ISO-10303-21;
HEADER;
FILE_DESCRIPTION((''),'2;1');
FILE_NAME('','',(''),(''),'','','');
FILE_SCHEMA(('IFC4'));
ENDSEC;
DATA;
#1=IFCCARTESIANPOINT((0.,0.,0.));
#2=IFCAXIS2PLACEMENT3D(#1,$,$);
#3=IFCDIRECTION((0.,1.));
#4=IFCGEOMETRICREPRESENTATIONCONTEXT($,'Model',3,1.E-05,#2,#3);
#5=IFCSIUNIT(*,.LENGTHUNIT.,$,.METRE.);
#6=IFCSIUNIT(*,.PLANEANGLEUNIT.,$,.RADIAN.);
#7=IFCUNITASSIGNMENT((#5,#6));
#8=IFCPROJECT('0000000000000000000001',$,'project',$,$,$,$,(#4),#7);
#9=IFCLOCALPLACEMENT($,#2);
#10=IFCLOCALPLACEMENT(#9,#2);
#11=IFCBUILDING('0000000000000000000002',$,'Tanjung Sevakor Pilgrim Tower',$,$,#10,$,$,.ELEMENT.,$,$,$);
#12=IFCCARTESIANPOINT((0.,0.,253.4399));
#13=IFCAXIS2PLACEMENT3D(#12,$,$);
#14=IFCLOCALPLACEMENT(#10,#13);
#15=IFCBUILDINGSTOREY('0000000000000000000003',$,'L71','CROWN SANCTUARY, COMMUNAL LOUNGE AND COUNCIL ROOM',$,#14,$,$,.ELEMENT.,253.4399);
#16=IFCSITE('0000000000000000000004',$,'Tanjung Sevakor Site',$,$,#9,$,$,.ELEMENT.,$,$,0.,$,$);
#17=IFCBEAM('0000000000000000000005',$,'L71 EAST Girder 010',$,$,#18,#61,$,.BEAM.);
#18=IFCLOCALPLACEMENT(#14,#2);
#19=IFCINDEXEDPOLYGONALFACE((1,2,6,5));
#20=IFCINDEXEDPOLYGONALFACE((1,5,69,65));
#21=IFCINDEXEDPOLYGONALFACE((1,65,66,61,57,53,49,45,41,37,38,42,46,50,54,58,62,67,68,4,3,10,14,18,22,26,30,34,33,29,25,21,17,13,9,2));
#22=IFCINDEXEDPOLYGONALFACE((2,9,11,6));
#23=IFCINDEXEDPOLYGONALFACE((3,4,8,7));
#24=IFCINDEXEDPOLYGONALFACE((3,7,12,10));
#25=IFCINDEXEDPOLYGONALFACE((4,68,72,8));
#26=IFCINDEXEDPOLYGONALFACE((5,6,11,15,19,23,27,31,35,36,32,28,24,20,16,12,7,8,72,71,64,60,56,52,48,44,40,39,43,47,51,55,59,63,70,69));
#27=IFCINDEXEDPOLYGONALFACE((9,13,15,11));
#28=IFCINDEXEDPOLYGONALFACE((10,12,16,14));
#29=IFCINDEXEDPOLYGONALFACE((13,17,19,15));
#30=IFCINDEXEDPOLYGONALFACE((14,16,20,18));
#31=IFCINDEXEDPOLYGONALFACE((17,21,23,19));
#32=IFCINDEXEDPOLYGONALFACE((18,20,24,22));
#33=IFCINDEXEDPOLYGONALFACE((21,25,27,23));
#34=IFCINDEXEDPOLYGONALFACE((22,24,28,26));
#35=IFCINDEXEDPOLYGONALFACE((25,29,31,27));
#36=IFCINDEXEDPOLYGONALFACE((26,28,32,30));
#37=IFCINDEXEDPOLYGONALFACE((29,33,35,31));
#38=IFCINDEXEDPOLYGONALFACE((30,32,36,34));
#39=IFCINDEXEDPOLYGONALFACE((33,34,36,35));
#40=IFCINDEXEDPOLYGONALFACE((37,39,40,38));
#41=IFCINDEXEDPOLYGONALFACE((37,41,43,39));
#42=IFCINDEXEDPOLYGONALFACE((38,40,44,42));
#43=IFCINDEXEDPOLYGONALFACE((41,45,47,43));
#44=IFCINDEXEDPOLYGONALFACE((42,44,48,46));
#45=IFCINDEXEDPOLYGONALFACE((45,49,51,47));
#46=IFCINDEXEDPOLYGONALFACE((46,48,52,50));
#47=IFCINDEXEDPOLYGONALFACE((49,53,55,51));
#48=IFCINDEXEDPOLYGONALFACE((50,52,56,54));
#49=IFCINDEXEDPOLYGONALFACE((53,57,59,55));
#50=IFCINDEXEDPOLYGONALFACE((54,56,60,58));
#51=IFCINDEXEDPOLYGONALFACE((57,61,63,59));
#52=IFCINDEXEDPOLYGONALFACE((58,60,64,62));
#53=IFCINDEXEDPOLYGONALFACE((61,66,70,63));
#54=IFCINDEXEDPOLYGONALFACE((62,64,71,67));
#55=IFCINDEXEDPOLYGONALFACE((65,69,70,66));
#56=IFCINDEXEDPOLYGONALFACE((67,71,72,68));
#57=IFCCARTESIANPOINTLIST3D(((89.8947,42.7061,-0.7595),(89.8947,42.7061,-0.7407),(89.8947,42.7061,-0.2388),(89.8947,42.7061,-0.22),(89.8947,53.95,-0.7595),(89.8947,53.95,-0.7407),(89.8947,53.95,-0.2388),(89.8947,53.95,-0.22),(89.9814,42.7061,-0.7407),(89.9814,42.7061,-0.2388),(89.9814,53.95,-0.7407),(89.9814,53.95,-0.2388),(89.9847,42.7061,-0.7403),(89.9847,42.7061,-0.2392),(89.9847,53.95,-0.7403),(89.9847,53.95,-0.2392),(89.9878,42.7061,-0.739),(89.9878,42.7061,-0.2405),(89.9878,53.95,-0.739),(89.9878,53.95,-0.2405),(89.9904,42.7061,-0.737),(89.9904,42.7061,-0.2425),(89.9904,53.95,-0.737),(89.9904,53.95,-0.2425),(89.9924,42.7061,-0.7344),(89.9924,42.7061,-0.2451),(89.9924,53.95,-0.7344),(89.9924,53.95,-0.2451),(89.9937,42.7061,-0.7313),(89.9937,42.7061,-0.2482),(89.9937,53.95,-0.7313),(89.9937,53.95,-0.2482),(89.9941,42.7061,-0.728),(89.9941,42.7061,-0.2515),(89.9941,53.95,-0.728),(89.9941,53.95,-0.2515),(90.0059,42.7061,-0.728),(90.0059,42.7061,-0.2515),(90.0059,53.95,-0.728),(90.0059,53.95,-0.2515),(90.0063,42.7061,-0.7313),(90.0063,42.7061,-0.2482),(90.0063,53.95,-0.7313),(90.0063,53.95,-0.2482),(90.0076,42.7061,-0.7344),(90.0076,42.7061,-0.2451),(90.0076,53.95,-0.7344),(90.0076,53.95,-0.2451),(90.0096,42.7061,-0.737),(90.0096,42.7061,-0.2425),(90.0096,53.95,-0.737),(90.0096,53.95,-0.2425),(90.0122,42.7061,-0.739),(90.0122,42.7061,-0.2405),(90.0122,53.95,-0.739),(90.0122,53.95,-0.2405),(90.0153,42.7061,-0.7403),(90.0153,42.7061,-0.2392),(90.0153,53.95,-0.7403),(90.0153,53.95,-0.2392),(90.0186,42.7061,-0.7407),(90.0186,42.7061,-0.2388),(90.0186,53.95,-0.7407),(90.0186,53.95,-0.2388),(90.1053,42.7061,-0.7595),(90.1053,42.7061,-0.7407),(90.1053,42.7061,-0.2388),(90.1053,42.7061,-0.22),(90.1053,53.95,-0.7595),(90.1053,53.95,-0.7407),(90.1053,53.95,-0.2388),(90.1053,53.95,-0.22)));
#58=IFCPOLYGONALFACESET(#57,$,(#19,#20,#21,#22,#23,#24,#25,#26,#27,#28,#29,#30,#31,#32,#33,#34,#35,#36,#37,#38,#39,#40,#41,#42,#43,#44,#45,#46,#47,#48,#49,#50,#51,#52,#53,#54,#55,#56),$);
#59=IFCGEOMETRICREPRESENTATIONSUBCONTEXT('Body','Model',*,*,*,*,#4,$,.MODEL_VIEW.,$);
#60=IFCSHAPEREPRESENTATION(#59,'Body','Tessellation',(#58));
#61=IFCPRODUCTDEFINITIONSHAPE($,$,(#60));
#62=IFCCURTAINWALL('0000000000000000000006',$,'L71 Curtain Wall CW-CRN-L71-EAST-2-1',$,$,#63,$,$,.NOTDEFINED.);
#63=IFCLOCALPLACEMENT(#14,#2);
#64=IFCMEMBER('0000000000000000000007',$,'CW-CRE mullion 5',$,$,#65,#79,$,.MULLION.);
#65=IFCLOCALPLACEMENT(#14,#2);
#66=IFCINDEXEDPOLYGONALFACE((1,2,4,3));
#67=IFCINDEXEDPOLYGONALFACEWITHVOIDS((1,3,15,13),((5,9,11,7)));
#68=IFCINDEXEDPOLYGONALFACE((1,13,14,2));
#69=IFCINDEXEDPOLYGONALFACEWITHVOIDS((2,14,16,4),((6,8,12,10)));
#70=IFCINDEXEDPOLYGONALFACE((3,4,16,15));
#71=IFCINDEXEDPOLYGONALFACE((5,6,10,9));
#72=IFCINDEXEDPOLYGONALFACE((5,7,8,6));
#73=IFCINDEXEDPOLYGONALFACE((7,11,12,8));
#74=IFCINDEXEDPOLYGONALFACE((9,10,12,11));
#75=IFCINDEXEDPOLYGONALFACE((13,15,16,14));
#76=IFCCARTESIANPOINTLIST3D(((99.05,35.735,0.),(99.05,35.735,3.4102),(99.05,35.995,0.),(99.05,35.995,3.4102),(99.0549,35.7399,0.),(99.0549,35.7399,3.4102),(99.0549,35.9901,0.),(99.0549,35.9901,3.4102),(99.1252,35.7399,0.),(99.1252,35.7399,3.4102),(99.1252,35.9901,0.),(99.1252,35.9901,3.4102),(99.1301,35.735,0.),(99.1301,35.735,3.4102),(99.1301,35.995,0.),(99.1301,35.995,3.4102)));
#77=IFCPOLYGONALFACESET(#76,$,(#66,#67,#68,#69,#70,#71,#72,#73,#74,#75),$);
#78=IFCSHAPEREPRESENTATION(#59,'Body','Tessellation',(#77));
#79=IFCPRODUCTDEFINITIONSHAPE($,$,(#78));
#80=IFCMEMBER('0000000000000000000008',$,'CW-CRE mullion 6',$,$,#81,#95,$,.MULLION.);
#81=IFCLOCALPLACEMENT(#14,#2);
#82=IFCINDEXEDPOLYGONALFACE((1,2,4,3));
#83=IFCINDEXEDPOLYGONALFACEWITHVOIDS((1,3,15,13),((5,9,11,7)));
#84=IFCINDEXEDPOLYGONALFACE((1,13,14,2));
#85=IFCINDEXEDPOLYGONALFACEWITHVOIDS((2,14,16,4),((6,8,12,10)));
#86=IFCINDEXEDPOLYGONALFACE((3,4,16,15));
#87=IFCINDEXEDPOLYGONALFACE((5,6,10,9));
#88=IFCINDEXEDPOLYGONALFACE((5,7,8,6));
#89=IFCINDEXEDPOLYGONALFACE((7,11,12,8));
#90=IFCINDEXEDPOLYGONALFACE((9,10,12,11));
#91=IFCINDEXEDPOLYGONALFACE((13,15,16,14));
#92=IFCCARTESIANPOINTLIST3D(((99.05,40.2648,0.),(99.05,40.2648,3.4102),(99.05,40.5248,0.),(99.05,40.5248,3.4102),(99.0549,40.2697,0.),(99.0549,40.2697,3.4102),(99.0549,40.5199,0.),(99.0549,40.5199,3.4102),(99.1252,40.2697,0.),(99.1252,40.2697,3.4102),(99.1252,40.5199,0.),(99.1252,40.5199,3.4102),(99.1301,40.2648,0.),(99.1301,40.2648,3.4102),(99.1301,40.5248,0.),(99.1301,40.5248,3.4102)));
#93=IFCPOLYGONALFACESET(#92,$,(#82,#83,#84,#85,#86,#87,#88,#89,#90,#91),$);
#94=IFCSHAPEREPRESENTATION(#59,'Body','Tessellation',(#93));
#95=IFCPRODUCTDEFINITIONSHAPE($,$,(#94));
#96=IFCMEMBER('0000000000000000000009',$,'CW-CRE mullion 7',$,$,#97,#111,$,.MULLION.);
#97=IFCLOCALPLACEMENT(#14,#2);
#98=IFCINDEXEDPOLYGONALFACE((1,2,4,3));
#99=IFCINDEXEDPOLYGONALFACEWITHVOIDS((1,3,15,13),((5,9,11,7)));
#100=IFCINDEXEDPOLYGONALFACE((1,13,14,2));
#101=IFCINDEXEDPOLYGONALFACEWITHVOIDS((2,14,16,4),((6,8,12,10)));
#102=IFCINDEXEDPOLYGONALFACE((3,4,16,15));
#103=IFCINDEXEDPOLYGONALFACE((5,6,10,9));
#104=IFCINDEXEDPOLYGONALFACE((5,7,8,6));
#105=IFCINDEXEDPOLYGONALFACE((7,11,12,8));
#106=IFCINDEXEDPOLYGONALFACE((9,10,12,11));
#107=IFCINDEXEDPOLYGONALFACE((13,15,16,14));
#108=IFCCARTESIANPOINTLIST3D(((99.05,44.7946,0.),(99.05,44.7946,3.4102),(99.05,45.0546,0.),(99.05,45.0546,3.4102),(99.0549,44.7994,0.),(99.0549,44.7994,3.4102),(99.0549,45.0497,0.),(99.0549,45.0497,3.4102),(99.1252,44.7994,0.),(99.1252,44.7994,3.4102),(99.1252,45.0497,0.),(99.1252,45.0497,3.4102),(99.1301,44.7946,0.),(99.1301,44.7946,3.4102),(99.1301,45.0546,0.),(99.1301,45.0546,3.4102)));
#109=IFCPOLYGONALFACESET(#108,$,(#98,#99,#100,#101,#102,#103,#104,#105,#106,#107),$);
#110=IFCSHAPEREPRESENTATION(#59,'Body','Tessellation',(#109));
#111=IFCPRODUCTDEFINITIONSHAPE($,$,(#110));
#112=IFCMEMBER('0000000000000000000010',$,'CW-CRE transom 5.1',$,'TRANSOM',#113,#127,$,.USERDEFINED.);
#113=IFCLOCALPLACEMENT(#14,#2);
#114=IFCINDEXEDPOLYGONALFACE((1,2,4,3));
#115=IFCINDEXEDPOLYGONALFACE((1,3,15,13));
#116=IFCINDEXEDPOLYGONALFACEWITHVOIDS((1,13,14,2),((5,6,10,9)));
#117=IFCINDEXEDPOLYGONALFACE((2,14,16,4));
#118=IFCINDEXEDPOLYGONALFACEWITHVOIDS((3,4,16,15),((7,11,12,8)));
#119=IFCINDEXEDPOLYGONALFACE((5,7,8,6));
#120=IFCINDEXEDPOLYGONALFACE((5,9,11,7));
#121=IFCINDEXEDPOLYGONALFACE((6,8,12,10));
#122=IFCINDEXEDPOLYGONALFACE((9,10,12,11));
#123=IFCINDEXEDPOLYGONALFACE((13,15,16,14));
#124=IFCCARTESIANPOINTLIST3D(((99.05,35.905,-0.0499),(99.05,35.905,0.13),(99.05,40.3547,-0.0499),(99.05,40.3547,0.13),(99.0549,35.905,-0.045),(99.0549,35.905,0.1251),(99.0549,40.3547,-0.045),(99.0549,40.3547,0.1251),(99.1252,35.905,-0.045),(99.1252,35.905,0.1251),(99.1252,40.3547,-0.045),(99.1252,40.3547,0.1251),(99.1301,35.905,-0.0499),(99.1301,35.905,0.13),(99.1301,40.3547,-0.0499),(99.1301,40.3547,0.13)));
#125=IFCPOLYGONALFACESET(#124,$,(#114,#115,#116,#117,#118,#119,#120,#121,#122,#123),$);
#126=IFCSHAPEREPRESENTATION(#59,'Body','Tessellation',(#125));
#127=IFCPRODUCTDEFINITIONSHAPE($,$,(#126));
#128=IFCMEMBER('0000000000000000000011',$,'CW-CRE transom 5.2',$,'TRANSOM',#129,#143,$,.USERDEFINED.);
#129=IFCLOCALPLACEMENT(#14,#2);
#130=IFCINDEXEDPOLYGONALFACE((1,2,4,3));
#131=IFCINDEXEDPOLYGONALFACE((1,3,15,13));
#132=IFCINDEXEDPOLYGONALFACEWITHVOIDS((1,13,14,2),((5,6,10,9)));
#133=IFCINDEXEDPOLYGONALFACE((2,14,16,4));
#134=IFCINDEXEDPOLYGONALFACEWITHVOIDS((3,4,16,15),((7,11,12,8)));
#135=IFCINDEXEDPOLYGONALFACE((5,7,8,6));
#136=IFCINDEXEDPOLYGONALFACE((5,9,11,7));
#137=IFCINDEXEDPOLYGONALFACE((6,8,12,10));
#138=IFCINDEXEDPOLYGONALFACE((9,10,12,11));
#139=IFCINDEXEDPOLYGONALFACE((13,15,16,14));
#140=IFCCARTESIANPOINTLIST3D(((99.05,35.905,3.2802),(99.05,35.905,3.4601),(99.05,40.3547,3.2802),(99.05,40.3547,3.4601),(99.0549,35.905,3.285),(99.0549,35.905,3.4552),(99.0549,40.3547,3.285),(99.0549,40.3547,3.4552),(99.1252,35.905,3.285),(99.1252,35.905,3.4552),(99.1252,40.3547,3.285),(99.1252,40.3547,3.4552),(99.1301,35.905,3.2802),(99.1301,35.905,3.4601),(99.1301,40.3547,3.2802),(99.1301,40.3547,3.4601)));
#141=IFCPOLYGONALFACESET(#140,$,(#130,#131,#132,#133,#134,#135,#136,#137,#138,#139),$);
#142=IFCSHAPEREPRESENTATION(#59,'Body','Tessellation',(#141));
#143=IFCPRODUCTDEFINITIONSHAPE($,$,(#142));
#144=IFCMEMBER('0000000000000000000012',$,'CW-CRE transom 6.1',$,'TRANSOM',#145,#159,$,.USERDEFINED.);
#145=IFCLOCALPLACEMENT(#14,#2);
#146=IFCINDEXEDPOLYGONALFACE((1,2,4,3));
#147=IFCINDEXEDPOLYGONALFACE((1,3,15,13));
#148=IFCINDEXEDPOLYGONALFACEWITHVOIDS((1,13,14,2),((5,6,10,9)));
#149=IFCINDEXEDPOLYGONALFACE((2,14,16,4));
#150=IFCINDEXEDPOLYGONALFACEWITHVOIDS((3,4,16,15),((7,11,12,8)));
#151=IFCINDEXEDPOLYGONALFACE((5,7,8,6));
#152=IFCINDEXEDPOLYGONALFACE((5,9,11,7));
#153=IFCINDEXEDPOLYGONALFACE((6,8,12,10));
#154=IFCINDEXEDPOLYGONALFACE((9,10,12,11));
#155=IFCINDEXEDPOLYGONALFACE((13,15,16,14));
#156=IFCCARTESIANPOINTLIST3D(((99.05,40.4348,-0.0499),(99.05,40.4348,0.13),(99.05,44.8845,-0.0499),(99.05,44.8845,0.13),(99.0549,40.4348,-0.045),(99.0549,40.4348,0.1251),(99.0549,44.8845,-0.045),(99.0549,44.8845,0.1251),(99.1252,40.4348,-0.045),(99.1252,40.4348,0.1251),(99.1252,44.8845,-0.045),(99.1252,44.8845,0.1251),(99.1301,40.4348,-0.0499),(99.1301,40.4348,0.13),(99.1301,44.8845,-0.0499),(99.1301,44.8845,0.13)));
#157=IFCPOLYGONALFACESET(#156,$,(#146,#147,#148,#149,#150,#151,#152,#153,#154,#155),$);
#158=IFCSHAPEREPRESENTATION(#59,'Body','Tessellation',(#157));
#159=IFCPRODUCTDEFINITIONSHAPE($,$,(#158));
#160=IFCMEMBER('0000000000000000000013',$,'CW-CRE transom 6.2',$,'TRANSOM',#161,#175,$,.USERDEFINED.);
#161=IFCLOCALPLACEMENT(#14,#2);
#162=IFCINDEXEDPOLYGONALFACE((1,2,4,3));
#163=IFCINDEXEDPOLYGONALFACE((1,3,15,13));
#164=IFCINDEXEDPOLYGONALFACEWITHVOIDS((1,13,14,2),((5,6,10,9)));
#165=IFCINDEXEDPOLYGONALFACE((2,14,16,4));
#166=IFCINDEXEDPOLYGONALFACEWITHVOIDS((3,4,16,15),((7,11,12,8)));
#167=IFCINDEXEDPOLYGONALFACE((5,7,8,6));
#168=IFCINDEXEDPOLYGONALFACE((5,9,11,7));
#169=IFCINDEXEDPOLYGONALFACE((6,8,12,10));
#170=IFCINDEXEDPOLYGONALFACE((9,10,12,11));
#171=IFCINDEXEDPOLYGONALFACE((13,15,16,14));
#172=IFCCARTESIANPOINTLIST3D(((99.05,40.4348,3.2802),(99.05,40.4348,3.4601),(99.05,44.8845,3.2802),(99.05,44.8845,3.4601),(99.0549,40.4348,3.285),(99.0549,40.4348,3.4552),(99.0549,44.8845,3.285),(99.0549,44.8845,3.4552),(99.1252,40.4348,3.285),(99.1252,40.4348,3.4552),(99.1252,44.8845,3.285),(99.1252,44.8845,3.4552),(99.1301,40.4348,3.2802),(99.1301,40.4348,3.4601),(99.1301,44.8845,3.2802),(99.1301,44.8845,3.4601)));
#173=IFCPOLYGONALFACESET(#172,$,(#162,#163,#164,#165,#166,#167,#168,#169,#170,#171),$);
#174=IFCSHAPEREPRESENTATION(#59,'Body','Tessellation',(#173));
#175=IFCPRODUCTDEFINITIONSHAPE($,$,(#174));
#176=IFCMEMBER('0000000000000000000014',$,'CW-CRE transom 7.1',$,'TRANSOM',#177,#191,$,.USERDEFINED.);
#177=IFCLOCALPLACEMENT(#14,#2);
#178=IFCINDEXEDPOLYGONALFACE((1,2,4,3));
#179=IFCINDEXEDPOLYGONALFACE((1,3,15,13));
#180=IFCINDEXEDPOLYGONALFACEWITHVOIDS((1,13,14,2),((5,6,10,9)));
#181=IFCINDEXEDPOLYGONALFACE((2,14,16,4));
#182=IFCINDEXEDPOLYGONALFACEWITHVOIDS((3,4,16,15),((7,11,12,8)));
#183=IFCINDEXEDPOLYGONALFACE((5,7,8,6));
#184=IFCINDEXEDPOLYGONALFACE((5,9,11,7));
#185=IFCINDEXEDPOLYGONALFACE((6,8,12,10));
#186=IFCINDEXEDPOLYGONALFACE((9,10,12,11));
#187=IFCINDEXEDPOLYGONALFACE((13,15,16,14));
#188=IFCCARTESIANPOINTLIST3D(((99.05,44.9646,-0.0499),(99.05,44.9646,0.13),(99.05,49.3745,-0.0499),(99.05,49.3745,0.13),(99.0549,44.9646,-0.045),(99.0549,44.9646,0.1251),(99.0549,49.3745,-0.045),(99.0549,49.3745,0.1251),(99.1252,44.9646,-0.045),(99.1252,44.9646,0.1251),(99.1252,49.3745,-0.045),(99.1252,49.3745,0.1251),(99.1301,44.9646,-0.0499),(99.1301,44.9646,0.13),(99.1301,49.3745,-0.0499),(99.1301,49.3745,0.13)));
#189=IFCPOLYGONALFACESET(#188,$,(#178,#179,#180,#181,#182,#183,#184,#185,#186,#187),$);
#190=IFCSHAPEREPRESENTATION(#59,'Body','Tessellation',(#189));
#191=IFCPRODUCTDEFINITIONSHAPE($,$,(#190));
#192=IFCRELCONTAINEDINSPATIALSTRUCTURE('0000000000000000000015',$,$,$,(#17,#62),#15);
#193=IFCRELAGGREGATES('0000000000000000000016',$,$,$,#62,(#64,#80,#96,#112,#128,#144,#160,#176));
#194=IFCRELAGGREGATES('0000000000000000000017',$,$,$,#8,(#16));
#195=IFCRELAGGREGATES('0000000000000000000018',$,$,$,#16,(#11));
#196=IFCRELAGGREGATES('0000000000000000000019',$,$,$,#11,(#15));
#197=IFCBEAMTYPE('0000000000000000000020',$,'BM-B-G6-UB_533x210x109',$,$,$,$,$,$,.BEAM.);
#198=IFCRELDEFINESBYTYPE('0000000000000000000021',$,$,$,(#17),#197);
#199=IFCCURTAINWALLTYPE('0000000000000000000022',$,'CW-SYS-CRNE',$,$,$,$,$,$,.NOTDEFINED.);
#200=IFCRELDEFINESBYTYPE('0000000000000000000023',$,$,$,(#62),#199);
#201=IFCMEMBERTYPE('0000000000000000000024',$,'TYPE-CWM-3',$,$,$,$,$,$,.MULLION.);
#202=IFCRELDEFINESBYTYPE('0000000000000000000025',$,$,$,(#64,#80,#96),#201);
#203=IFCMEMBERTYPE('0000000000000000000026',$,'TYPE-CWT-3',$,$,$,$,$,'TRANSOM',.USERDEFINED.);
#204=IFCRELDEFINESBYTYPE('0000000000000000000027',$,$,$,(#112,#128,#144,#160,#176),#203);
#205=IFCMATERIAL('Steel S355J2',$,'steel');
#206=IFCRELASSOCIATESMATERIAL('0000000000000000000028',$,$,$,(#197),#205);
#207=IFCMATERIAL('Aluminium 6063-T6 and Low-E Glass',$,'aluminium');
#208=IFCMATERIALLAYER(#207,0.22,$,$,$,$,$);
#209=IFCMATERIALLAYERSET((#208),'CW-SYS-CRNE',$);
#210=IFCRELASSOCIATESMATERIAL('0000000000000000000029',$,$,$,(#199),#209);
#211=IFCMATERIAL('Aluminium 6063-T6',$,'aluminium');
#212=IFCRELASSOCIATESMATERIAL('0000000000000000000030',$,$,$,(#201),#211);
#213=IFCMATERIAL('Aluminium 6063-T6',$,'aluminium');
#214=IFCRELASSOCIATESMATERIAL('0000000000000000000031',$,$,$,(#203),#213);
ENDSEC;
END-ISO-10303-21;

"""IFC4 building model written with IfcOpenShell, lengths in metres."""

from ifc_helpers import new_model, si_unit, direction, frame, origin, origin_2d, place, context, subcontext, project, spatial, hollow_rectangle, i_section, extrude, material, layer, layer_set, material_profile, profile_set, type_object, element, aggregate, save


model = new_model("IFC4")

# Units and contexts
model_context = context("Model", 3, precision=1e-05, world=origin(), true_north=direction((0.0, 1.0)))
body_context = subcontext(model_context, "Body", "Model", "MODEL_VIEW")
ifc_project = project(units=[si_unit("LENGTHUNIT", "METRE"), si_unit("PLANEANGLEUNIT", "RADIAN")], contexts=[model_context])

# Site, building, storey
site_placement = place(None, origin())
site = spatial("IfcSite", under=ifc_project, at=site_placement, Name="Tanjung Sevakor Site", CompositionType="ELEMENT", RefElevation=0.0)
building_placement = place(site_placement, origin())
building = spatial("IfcBuilding", under=site, at=building_placement, Name="Tanjung Sevakor Pilgrim Tower", CompositionType="ELEMENT")
storey_placement = place(building_placement, frame((0.0, 0.0, 253.4399)))
storey = spatial("IfcBuildingStorey", under=building, at=storey_placement, Name="L71", Description="CROWN SANCTUARY, COMMUNAL LOUNGE AND COUNCIL ROOM", CompositionType="ELEMENT", Elevation=253.4399)

# Beam
ifc_material_1 = material(Name="Steel S355J2", Category="steel")
ifc_material_profile_1 = material_profile(ifc_material_1, i_section(OverallWidth=0.2107, OverallDepth=0.5396, WebThickness=0.0117, FlangeThickness=0.0188, FilletRadius=0.0127, at=origin_2d()))
ifc_profile_set_1 = profile_set([ifc_material_profile_1], Name="Steel S355J2")
beam_type = type_object("IfcBeamType", Name="BM-B-G6-UB_533x210x109", PredefinedType="BEAM", material=ifc_profile_set_1)
beam_placement = place(storey_placement, frame((90.0, 42.7061, -0.4897), z_axis=(0.0, 1.0, 0.0), x_axis=(-1.0, 0.0, 0.0)))
element("IfcBeam", 1, at=beam_placement, inside=storey, type_object=beam_type, Name="L71 EAST Girder 010", PredefinedType="BEAM", context=body_context, shape_type="SweptSolid", body=[
    extrude(i_section(OverallWidth=0.2107, OverallDepth=0.5396, WebThickness=0.0117, FlangeThickness=0.0188, FilletRadius=0.0127, at=origin_2d()), origin(), (0.0, 0.0, 1.0), 11.2439),
])

# Curtain wall, members
ifc_material_2 = material(Name="Aluminium 6063-T6 and Low-E Glass", Category="aluminium")
ifc_layer_1 = layer(ifc_material_2, 0.22)
ifc_layer_set_1 = layer_set([ifc_layer_1], Name="CW-SYS-CRNE")
curtain_wall_type = type_object("IfcCurtainWallType", Name="CW-SYS-CRNE", PredefinedType="NOTDEFINED", material=ifc_layer_set_1)
curtain_wall_placement = place(storey_placement, origin())
curtain_wall = element("IfcCurtainWall", 2, at=curtain_wall_placement, inside=storey, type_object=curtain_wall_type, Name="L71 Curtain Wall CW-CRN-L71-EAST-2-1", PredefinedType="NOTDEFINED")
ifc_material_3 = material(Name="Aluminium 6063-T6", Category="aluminium")
ifc_material_profile_2 = material_profile(ifc_material_3, hollow_rectangle(XDim=0.0801, YDim=0.26, WallThickness=0.0049, at=origin_2d()))
ifc_profile_set_2 = profile_set([ifc_material_profile_2], Name="Aluminium 6063-T6")
member_type_1 = type_object("IfcMemberType", Name="TYPE-CWM-3", PredefinedType="MULLION", material=ifc_profile_set_2)
member_1_placement = place(storey_placement, frame((99.0901, 35.865, 0.0), z_axis=(0.0, 0.0, 1.0), x_axis=(-1.0, 0.0, 0.0)))
member_1 = element("IfcMember", 3, at=member_1_placement, type_object=member_type_1, Name="CW-CRE mullion 5", PredefinedType="MULLION", context=body_context, shape_type="SweptSolid", body=[
    extrude(hollow_rectangle(XDim=0.0801, YDim=0.26, WallThickness=0.0049, at=origin_2d()), origin(), (0.0, 0.0, 1.0), 3.4102),
])
member_2_placement = place(storey_placement, frame((99.0901, 40.3948, 0.0), z_axis=(0.0, 0.0, 1.0), x_axis=(-1.0, 0.0, 0.0)))
member_2 = element("IfcMember", 4, at=member_2_placement, type_object=member_type_1, Name="CW-CRE mullion 6", PredefinedType="MULLION", context=body_context, shape_type="SweptSolid", body=[
    extrude(hollow_rectangle(XDim=0.0801, YDim=0.26, WallThickness=0.0049, at=origin_2d()), origin(), (0.0, 0.0, 1.0), 3.4102),
])
member_3_placement = place(storey_placement, frame((99.0901, 44.9246, 0.0), z_axis=(0.0, 0.0, 1.0), x_axis=(-1.0, 0.0, 0.0)))
member_3 = element("IfcMember", 5, at=member_3_placement, type_object=member_type_1, Name="CW-CRE mullion 7", PredefinedType="MULLION", context=body_context, shape_type="SweptSolid", body=[
    extrude(hollow_rectangle(XDim=0.0801, YDim=0.26, WallThickness=0.0049, at=origin_2d()), origin(), (0.0, 0.0, 1.0), 3.4102),
])
ifc_material_4 = material(Name="Aluminium 6063-T6", Category="aluminium")
ifc_material_profile_3 = material_profile(ifc_material_4, hollow_rectangle(XDim=0.0801, YDim=0.1799, WallThickness=0.0049, at=origin_2d()))
ifc_profile_set_3 = profile_set([ifc_material_profile_3], Name="Aluminium 6063-T6")
member_type_2 = type_object("IfcMemberType", Name="TYPE-CWT-3", ElementType="TRANSOM", PredefinedType="USERDEFINED", material=ifc_profile_set_3)
member_4_placement = place(storey_placement, frame((99.0901, 35.905, 0.04), z_axis=(0.0, 1.0, 0.0), x_axis=(-1.0, 0.0, 0.0)))
member_4 = element("IfcMember", 6, at=member_4_placement, type_object=member_type_2, Name="CW-CRE transom 5.1", ObjectType="TRANSOM", PredefinedType="USERDEFINED", context=body_context, shape_type="SweptSolid", body=[
    extrude(hollow_rectangle(XDim=0.0801, YDim=0.1799, WallThickness=0.0049, at=origin_2d()), origin(), (0.0, 0.0, 1.0), 4.4497),
])
member_5_placement = place(storey_placement, frame((99.0901, 35.905, 3.3701), z_axis=(0.0, 1.0, 0.0), x_axis=(-1.0, 0.0, 0.0)))
member_5 = element("IfcMember", 7, at=member_5_placement, type_object=member_type_2, Name="CW-CRE transom 5.2", ObjectType="TRANSOM", PredefinedType="USERDEFINED", context=body_context, shape_type="SweptSolid", body=[
    extrude(hollow_rectangle(XDim=0.0801, YDim=0.1799, WallThickness=0.0049, at=origin_2d()), origin(), (0.0, 0.0, 1.0), 4.4497),
])
member_6_placement = place(storey_placement, frame((99.0901, 40.4348, 0.04), z_axis=(0.0, 1.0, 0.0), x_axis=(-1.0, 0.0, 0.0)))
member_6 = element("IfcMember", 8, at=member_6_placement, type_object=member_type_2, Name="CW-CRE transom 6.1", ObjectType="TRANSOM", PredefinedType="USERDEFINED", context=body_context, shape_type="SweptSolid", body=[
    extrude(hollow_rectangle(XDim=0.0801, YDim=0.1799, WallThickness=0.0049, at=origin_2d()), origin(), (0.0, 0.0, 1.0), 4.4497),
])
member_7_placement = place(storey_placement, frame((99.0901, 40.4348, 3.3701), z_axis=(0.0, 1.0, 0.0), x_axis=(-1.0, 0.0, 0.0)))
member_7 = element("IfcMember", 9, at=member_7_placement, type_object=member_type_2, Name="CW-CRE transom 6.2", ObjectType="TRANSOM", PredefinedType="USERDEFINED", context=body_context, shape_type="SweptSolid", body=[
    extrude(hollow_rectangle(XDim=0.0801, YDim=0.1799, WallThickness=0.0049, at=origin_2d()), origin(), (0.0, 0.0, 1.0), 4.4497),
])
member_8_placement = place(storey_placement, frame((99.0901, 44.9646, 0.04), z_axis=(0.0, 1.0, 0.0), x_axis=(-1.0, 0.0, 0.0)))
member_8 = element("IfcMember", 10, at=member_8_placement, type_object=member_type_2, Name="CW-CRE transom 7.1", ObjectType="TRANSOM", PredefinedType="USERDEFINED", context=body_context, shape_type="SweptSolid", body=[
    extrude(hollow_rectangle(XDim=0.0801, YDim=0.1799, WallThickness=0.0049, at=origin_2d()), origin(), (0.0, 0.0, 1.0), 4.4099),
])
aggregate(curtain_wall, [member_1, member_2, member_3, member_4, member_5, member_6, member_7, member_8])

save(model, "model.ifc")
